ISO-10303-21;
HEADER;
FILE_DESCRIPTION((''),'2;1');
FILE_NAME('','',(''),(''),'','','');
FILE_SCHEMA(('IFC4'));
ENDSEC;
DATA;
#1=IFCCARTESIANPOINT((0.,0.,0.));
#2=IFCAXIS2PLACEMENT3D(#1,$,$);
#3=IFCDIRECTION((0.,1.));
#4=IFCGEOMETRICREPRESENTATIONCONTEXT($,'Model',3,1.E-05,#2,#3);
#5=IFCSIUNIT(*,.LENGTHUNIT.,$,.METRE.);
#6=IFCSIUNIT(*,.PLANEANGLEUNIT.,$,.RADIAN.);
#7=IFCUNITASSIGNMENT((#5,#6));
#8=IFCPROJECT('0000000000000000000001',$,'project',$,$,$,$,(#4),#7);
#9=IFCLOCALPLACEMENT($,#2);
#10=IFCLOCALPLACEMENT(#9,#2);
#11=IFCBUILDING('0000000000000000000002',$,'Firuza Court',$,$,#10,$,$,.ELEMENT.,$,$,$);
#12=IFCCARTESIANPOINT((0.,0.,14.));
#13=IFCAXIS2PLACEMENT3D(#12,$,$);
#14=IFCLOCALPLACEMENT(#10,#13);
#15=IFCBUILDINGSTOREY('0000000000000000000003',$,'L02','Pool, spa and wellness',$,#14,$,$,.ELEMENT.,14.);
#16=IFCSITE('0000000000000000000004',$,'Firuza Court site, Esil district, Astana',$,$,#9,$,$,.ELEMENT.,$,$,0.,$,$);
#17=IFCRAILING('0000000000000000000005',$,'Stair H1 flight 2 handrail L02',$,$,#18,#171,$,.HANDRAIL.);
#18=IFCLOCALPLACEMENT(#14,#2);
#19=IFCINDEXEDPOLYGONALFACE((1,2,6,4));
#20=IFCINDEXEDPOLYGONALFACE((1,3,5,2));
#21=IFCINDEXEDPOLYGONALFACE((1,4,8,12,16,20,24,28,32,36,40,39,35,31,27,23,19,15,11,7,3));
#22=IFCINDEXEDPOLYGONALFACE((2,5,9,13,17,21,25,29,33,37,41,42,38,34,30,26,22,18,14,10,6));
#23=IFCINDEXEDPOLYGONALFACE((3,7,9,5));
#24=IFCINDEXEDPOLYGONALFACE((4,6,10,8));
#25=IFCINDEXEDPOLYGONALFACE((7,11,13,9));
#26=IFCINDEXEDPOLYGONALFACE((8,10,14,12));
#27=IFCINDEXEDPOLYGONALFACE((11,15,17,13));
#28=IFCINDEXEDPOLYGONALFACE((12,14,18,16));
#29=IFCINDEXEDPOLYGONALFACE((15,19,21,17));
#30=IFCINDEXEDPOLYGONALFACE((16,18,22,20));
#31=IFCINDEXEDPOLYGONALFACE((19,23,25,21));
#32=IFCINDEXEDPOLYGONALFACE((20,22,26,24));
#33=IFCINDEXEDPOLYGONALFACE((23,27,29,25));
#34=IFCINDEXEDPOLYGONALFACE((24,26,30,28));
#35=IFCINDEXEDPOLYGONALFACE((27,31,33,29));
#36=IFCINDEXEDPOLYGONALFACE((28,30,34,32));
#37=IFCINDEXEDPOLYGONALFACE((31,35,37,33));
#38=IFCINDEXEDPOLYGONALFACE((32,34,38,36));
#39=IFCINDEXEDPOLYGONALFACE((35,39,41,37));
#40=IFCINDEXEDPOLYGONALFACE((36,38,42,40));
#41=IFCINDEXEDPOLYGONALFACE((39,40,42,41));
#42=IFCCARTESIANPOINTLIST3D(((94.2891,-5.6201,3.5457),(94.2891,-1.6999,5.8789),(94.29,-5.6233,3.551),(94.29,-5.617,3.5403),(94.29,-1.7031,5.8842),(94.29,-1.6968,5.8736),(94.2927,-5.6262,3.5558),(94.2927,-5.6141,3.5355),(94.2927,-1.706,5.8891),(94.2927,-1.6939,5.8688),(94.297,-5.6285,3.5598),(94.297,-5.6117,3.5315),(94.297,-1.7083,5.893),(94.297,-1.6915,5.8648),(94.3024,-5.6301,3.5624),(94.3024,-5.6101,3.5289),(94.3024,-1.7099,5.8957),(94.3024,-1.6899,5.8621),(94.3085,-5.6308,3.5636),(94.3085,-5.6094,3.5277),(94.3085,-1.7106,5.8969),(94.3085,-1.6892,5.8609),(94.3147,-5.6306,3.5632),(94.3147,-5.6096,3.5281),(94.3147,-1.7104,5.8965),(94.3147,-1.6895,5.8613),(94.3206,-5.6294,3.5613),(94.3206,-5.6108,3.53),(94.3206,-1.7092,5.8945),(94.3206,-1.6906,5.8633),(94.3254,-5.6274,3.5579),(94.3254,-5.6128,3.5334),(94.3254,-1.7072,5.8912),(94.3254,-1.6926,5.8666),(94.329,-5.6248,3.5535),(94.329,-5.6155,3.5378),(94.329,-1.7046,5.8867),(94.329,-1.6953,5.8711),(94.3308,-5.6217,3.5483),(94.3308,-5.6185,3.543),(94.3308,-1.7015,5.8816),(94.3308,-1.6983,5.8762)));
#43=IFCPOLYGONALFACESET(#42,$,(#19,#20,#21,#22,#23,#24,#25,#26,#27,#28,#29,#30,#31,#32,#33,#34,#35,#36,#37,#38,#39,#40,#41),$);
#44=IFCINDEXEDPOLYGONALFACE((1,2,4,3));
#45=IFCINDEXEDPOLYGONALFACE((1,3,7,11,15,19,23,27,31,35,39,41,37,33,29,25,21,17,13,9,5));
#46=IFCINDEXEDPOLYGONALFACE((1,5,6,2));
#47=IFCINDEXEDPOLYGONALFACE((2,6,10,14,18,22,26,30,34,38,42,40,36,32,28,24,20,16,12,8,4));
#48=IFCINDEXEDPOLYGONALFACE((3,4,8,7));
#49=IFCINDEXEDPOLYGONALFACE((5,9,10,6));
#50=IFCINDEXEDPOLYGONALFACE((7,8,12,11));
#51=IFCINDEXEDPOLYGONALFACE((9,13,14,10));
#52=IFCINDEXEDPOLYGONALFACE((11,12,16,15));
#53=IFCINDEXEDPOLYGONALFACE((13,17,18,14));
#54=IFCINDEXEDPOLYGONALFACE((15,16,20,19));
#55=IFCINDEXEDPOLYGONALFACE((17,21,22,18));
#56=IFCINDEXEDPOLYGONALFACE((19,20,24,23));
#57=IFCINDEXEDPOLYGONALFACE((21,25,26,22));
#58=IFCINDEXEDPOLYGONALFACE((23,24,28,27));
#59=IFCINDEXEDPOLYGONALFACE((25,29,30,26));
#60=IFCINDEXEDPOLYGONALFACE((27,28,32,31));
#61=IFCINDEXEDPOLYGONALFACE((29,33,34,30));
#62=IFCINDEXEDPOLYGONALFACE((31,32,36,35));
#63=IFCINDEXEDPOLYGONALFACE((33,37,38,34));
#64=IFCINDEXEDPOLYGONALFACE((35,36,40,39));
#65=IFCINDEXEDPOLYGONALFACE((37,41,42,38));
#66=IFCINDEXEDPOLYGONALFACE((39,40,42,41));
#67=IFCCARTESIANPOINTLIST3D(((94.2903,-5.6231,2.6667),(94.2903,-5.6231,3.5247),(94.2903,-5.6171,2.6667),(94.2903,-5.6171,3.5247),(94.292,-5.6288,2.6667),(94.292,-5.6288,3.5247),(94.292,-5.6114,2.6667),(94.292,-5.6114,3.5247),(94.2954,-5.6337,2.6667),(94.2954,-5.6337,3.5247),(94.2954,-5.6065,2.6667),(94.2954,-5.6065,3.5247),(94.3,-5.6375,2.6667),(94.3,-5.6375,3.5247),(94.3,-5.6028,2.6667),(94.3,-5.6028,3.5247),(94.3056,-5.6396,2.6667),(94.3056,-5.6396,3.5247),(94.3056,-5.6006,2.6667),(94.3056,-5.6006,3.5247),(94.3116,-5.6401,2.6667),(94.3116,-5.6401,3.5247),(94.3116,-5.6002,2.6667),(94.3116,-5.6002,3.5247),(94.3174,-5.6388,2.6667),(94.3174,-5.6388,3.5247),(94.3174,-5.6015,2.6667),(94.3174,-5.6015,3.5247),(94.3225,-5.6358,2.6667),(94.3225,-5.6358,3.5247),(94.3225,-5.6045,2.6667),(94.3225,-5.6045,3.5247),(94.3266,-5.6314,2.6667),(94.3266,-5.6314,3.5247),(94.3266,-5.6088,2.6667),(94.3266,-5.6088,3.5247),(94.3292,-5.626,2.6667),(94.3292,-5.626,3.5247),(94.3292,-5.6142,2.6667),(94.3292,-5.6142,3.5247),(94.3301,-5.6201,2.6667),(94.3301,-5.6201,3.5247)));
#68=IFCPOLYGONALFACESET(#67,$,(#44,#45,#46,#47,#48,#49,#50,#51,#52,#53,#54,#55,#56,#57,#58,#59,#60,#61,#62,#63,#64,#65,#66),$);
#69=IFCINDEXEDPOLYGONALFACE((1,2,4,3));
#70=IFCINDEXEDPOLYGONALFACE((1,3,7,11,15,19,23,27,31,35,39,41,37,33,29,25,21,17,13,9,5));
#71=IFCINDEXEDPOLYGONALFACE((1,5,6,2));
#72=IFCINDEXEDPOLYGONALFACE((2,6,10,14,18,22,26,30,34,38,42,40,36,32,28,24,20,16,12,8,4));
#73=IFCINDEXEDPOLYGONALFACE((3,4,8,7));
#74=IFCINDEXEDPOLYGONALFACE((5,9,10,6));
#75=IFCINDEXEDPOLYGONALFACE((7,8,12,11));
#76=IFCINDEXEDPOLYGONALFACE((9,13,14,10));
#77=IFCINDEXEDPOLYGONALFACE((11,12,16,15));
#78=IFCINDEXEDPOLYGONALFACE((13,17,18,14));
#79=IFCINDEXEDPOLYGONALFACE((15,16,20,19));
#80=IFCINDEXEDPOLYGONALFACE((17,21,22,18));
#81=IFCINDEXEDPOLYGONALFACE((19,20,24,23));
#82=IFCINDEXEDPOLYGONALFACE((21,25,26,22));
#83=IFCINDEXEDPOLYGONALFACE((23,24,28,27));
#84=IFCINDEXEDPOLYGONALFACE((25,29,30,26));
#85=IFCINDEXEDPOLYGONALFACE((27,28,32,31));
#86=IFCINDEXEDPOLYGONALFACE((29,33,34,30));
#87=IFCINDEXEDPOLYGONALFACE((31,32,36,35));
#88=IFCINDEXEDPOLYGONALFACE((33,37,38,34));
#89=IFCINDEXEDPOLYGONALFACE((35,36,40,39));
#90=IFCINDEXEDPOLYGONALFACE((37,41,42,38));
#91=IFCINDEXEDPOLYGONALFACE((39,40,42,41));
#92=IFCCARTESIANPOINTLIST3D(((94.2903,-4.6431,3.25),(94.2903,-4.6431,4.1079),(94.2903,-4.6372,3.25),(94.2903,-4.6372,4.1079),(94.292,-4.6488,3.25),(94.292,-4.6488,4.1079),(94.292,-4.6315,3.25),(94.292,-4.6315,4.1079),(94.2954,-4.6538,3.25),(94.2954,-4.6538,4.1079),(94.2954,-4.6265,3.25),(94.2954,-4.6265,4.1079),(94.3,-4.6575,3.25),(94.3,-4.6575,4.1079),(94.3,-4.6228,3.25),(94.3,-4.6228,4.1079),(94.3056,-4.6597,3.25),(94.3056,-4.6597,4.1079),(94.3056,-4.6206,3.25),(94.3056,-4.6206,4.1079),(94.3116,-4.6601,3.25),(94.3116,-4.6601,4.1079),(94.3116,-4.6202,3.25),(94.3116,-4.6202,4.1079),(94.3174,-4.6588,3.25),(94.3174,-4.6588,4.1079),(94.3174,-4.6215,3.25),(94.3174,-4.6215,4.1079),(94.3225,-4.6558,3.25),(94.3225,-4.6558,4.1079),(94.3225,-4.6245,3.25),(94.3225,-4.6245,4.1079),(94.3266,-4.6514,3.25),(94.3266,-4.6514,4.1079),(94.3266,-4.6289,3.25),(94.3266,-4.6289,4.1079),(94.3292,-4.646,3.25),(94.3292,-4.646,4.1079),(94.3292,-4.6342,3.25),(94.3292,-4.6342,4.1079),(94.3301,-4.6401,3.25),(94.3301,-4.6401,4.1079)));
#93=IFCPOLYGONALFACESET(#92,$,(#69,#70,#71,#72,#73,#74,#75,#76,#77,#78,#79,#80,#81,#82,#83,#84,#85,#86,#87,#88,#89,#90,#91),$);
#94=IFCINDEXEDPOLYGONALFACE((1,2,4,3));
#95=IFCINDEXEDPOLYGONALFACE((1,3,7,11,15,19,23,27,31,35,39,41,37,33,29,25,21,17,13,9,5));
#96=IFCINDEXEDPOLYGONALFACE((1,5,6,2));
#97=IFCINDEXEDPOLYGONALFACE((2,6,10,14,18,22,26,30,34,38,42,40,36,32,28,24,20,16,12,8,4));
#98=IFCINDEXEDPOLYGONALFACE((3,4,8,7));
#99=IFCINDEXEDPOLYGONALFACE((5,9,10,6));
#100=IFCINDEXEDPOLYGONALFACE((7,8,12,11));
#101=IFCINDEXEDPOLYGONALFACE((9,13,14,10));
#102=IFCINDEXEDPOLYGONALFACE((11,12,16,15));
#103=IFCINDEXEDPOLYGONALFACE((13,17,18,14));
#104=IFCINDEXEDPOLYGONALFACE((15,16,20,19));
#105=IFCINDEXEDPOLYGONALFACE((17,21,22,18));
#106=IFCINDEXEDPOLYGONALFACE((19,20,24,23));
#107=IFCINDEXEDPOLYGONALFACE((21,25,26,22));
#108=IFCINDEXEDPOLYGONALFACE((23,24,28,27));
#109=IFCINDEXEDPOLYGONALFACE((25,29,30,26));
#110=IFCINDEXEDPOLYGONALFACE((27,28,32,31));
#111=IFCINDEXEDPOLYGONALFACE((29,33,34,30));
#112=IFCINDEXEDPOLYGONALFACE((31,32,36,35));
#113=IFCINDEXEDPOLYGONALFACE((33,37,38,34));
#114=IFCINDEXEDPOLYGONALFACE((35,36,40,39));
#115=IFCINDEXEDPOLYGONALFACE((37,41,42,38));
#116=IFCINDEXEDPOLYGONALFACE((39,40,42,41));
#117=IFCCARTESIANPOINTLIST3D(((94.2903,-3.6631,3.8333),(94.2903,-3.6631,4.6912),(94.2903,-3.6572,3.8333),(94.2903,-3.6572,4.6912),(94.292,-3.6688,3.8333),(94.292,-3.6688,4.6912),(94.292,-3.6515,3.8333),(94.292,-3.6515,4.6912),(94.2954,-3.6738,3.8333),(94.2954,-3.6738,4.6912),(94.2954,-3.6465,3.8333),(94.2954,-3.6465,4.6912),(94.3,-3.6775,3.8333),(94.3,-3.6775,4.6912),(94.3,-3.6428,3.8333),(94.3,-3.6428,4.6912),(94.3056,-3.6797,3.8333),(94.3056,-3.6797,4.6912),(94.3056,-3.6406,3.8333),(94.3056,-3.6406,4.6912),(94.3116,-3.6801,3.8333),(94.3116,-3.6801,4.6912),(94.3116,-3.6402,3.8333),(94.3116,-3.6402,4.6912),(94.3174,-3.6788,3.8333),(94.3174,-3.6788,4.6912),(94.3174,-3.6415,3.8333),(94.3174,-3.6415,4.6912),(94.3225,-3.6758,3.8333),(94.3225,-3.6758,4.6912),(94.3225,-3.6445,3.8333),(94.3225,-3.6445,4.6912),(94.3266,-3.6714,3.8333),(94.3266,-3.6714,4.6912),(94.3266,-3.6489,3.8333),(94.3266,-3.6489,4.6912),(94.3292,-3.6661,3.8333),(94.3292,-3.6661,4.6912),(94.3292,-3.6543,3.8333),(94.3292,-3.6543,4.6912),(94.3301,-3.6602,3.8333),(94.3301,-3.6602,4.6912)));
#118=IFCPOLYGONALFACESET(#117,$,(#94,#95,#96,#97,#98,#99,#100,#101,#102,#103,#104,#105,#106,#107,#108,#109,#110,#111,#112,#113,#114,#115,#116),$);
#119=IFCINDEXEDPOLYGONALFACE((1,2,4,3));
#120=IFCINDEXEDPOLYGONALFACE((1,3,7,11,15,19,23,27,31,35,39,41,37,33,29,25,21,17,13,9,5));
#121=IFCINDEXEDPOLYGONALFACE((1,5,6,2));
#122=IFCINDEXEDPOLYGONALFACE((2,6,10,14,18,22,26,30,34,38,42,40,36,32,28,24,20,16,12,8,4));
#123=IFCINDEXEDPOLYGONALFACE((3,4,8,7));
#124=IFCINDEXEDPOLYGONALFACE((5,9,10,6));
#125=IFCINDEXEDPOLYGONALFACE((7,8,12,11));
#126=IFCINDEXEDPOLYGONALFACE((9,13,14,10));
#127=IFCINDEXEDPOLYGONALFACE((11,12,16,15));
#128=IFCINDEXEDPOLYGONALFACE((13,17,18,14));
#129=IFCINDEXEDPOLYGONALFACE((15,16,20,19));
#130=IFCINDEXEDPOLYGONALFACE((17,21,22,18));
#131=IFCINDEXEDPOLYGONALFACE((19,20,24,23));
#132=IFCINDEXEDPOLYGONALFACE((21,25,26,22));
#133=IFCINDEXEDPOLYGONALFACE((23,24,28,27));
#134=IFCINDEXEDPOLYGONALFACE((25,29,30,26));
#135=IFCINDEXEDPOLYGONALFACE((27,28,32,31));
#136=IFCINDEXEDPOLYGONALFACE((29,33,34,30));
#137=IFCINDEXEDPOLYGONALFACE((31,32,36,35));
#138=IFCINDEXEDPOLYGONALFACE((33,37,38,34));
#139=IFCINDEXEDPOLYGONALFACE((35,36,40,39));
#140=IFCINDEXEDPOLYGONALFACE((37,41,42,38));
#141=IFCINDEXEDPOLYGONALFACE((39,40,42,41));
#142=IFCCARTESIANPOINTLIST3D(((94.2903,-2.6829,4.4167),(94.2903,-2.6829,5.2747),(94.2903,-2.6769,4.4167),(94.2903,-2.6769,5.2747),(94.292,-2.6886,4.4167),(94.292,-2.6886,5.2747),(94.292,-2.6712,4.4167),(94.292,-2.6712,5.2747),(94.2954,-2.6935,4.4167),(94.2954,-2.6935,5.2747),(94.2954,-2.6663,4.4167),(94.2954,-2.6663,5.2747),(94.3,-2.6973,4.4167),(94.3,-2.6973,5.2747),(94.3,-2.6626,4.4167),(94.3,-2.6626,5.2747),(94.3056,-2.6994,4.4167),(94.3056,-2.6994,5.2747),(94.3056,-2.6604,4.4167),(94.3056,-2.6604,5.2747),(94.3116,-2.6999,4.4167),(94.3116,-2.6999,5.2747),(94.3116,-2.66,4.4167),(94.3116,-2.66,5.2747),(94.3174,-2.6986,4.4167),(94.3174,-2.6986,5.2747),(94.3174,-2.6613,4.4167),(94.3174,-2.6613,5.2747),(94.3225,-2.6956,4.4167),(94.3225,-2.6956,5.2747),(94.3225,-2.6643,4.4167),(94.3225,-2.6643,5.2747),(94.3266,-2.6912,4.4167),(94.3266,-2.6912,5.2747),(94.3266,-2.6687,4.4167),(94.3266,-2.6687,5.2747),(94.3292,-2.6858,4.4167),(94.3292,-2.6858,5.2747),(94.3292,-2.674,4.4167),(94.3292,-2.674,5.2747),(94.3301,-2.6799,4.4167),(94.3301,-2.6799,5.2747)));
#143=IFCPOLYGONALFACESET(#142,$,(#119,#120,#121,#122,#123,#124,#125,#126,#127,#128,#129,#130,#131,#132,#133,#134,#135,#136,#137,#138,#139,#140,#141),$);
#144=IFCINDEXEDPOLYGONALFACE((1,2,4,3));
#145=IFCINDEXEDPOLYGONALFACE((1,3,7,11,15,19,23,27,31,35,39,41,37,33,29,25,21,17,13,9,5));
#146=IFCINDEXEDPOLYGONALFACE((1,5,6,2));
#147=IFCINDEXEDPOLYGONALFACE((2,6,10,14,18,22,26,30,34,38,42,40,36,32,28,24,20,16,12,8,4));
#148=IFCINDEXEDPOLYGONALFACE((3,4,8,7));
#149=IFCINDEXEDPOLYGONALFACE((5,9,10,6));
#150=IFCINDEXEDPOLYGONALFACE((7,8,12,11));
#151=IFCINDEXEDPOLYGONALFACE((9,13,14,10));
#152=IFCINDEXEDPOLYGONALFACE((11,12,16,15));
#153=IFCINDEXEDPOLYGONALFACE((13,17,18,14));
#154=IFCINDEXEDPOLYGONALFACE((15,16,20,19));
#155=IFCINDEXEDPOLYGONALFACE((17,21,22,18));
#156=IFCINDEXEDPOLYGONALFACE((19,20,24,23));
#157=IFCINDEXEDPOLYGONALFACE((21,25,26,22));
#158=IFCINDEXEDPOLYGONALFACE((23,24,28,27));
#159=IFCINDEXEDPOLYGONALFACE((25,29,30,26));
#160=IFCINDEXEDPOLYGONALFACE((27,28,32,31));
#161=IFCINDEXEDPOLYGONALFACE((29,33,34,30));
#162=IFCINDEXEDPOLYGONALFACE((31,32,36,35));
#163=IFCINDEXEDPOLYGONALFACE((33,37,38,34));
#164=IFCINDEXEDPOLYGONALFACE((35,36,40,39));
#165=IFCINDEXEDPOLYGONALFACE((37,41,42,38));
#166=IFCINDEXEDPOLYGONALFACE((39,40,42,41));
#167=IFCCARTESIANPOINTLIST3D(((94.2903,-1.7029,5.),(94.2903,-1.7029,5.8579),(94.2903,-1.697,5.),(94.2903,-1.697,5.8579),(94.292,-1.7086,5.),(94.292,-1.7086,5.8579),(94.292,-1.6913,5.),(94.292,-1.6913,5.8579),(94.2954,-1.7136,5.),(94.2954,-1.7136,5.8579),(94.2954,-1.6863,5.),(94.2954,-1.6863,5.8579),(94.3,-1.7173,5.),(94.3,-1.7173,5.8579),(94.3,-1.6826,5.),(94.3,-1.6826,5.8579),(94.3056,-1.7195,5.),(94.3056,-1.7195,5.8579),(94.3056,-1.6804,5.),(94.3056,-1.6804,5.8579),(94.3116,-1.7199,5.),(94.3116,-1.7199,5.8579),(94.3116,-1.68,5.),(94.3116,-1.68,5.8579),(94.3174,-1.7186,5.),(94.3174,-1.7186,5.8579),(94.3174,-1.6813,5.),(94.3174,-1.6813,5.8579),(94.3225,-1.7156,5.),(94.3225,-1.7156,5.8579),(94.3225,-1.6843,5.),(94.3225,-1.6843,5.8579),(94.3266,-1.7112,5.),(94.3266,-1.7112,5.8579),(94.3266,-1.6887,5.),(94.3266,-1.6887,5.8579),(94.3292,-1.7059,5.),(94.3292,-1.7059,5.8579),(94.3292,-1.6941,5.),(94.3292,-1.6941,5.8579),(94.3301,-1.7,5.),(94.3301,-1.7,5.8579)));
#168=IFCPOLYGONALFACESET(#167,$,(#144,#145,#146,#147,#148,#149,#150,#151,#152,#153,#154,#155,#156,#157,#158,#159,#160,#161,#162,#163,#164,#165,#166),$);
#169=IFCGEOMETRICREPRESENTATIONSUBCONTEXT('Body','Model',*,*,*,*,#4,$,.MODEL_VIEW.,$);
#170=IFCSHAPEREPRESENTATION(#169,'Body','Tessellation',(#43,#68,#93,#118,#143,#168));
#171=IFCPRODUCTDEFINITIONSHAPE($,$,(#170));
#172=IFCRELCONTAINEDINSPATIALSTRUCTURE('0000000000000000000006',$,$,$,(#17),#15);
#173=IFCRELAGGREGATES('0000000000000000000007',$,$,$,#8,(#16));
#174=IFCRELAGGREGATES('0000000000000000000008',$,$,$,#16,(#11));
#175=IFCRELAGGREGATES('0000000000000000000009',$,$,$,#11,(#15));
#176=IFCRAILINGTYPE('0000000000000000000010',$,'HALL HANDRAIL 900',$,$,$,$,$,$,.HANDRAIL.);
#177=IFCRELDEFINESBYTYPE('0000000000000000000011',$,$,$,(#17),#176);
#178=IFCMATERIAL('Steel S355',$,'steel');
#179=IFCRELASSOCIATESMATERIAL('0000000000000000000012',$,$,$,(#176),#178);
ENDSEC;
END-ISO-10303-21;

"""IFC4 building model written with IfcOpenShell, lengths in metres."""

from ifc_helpers import new_model, si_unit, direction, frame, origin, origin_2d, place, context, subcontext, project, spatial, circle, extrude, material, type_object, element, save


model = new_model("IFC4")

# Units and contexts
model_context = context("Model", 3, precision=1e-05, world=origin(), true_north=direction((0.0, 1.0)))
body_context = subcontext(model_context, "Body", "Model", "MODEL_VIEW")
ifc_project = project(units=[si_unit("LENGTHUNIT", "METRE"), si_unit("PLANEANGLEUNIT", "RADIAN")], contexts=[model_context])

# Site, building, storey
site_placement = place(None, origin())
site = spatial("IfcSite", under=ifc_project, at=site_placement, Name="Firuza Court site, Esil district, Astana", CompositionType="ELEMENT", RefElevation=0.0)
building_placement = place(site_placement, origin())
building = spatial("IfcBuilding", under=site, at=building_placement, Name="Firuza Court", CompositionType="ELEMENT")
storey_placement = place(building_placement, frame((0.0, 0.0, 14.0)))
storey = spatial("IfcBuildingStorey", under=building, at=storey_placement, Name="L02", Description="Pool, spa and wellness", CompositionType="ELEMENT", Elevation=14.0)

# Railing
ifc_material_1 = material(Name="Steel S355", Category="steel")
railing_type_1 = type_object("IfcRailingType", Name="HALL HANDRAIL 900", PredefinedType="HANDRAIL", material=ifc_material_1)
railing_1_placement = place(storey_placement, frame((94.3101, -5.6201, 2.6667)))
element("IfcRailing", 1, at=railing_1_placement, inside=storey, type_object=railing_type_1, Name="Stair H1 flight 2 handrail L02", PredefinedType="HANDRAIL", context=body_context, shape_type="SweptSolid", body=[
    extrude(circle(Radius=0.021, at=origin_2d()), frame((0.0, 0.0, 0.8789), z_axis=(0.0, 0.85931, 0.511455), x_axis=(-1.0, 0.0, 0.0)), (0.0, 0.0, 1.0), 4.562),
    extrude(circle(Radius=0.02, at=origin_2d()), origin(), (0.0, 0.0, 1.0), 0.8579),
    extrude(circle(Radius=0.02, at=origin_2d()), frame((0.0, 0.98, 0.5833)), (0.0, 0.0, 1.0), 0.8579),
    extrude(circle(Radius=0.02, at=origin_2d()), frame((0.0, 1.96, 1.1665)), (0.0, 0.0, 1.0), 0.8579),
    extrude(circle(Radius=0.02, at=origin_2d()), frame((0.0, 2.9402, 1.75)), (0.0, 0.0, 1.0), 0.8579),
    extrude(circle(Radius=0.02, at=origin_2d()), frame((0.0, 3.9202, 2.3333)), (0.0, 0.0, 1.0), 0.8579),
])

save(model, "model.ifc")
